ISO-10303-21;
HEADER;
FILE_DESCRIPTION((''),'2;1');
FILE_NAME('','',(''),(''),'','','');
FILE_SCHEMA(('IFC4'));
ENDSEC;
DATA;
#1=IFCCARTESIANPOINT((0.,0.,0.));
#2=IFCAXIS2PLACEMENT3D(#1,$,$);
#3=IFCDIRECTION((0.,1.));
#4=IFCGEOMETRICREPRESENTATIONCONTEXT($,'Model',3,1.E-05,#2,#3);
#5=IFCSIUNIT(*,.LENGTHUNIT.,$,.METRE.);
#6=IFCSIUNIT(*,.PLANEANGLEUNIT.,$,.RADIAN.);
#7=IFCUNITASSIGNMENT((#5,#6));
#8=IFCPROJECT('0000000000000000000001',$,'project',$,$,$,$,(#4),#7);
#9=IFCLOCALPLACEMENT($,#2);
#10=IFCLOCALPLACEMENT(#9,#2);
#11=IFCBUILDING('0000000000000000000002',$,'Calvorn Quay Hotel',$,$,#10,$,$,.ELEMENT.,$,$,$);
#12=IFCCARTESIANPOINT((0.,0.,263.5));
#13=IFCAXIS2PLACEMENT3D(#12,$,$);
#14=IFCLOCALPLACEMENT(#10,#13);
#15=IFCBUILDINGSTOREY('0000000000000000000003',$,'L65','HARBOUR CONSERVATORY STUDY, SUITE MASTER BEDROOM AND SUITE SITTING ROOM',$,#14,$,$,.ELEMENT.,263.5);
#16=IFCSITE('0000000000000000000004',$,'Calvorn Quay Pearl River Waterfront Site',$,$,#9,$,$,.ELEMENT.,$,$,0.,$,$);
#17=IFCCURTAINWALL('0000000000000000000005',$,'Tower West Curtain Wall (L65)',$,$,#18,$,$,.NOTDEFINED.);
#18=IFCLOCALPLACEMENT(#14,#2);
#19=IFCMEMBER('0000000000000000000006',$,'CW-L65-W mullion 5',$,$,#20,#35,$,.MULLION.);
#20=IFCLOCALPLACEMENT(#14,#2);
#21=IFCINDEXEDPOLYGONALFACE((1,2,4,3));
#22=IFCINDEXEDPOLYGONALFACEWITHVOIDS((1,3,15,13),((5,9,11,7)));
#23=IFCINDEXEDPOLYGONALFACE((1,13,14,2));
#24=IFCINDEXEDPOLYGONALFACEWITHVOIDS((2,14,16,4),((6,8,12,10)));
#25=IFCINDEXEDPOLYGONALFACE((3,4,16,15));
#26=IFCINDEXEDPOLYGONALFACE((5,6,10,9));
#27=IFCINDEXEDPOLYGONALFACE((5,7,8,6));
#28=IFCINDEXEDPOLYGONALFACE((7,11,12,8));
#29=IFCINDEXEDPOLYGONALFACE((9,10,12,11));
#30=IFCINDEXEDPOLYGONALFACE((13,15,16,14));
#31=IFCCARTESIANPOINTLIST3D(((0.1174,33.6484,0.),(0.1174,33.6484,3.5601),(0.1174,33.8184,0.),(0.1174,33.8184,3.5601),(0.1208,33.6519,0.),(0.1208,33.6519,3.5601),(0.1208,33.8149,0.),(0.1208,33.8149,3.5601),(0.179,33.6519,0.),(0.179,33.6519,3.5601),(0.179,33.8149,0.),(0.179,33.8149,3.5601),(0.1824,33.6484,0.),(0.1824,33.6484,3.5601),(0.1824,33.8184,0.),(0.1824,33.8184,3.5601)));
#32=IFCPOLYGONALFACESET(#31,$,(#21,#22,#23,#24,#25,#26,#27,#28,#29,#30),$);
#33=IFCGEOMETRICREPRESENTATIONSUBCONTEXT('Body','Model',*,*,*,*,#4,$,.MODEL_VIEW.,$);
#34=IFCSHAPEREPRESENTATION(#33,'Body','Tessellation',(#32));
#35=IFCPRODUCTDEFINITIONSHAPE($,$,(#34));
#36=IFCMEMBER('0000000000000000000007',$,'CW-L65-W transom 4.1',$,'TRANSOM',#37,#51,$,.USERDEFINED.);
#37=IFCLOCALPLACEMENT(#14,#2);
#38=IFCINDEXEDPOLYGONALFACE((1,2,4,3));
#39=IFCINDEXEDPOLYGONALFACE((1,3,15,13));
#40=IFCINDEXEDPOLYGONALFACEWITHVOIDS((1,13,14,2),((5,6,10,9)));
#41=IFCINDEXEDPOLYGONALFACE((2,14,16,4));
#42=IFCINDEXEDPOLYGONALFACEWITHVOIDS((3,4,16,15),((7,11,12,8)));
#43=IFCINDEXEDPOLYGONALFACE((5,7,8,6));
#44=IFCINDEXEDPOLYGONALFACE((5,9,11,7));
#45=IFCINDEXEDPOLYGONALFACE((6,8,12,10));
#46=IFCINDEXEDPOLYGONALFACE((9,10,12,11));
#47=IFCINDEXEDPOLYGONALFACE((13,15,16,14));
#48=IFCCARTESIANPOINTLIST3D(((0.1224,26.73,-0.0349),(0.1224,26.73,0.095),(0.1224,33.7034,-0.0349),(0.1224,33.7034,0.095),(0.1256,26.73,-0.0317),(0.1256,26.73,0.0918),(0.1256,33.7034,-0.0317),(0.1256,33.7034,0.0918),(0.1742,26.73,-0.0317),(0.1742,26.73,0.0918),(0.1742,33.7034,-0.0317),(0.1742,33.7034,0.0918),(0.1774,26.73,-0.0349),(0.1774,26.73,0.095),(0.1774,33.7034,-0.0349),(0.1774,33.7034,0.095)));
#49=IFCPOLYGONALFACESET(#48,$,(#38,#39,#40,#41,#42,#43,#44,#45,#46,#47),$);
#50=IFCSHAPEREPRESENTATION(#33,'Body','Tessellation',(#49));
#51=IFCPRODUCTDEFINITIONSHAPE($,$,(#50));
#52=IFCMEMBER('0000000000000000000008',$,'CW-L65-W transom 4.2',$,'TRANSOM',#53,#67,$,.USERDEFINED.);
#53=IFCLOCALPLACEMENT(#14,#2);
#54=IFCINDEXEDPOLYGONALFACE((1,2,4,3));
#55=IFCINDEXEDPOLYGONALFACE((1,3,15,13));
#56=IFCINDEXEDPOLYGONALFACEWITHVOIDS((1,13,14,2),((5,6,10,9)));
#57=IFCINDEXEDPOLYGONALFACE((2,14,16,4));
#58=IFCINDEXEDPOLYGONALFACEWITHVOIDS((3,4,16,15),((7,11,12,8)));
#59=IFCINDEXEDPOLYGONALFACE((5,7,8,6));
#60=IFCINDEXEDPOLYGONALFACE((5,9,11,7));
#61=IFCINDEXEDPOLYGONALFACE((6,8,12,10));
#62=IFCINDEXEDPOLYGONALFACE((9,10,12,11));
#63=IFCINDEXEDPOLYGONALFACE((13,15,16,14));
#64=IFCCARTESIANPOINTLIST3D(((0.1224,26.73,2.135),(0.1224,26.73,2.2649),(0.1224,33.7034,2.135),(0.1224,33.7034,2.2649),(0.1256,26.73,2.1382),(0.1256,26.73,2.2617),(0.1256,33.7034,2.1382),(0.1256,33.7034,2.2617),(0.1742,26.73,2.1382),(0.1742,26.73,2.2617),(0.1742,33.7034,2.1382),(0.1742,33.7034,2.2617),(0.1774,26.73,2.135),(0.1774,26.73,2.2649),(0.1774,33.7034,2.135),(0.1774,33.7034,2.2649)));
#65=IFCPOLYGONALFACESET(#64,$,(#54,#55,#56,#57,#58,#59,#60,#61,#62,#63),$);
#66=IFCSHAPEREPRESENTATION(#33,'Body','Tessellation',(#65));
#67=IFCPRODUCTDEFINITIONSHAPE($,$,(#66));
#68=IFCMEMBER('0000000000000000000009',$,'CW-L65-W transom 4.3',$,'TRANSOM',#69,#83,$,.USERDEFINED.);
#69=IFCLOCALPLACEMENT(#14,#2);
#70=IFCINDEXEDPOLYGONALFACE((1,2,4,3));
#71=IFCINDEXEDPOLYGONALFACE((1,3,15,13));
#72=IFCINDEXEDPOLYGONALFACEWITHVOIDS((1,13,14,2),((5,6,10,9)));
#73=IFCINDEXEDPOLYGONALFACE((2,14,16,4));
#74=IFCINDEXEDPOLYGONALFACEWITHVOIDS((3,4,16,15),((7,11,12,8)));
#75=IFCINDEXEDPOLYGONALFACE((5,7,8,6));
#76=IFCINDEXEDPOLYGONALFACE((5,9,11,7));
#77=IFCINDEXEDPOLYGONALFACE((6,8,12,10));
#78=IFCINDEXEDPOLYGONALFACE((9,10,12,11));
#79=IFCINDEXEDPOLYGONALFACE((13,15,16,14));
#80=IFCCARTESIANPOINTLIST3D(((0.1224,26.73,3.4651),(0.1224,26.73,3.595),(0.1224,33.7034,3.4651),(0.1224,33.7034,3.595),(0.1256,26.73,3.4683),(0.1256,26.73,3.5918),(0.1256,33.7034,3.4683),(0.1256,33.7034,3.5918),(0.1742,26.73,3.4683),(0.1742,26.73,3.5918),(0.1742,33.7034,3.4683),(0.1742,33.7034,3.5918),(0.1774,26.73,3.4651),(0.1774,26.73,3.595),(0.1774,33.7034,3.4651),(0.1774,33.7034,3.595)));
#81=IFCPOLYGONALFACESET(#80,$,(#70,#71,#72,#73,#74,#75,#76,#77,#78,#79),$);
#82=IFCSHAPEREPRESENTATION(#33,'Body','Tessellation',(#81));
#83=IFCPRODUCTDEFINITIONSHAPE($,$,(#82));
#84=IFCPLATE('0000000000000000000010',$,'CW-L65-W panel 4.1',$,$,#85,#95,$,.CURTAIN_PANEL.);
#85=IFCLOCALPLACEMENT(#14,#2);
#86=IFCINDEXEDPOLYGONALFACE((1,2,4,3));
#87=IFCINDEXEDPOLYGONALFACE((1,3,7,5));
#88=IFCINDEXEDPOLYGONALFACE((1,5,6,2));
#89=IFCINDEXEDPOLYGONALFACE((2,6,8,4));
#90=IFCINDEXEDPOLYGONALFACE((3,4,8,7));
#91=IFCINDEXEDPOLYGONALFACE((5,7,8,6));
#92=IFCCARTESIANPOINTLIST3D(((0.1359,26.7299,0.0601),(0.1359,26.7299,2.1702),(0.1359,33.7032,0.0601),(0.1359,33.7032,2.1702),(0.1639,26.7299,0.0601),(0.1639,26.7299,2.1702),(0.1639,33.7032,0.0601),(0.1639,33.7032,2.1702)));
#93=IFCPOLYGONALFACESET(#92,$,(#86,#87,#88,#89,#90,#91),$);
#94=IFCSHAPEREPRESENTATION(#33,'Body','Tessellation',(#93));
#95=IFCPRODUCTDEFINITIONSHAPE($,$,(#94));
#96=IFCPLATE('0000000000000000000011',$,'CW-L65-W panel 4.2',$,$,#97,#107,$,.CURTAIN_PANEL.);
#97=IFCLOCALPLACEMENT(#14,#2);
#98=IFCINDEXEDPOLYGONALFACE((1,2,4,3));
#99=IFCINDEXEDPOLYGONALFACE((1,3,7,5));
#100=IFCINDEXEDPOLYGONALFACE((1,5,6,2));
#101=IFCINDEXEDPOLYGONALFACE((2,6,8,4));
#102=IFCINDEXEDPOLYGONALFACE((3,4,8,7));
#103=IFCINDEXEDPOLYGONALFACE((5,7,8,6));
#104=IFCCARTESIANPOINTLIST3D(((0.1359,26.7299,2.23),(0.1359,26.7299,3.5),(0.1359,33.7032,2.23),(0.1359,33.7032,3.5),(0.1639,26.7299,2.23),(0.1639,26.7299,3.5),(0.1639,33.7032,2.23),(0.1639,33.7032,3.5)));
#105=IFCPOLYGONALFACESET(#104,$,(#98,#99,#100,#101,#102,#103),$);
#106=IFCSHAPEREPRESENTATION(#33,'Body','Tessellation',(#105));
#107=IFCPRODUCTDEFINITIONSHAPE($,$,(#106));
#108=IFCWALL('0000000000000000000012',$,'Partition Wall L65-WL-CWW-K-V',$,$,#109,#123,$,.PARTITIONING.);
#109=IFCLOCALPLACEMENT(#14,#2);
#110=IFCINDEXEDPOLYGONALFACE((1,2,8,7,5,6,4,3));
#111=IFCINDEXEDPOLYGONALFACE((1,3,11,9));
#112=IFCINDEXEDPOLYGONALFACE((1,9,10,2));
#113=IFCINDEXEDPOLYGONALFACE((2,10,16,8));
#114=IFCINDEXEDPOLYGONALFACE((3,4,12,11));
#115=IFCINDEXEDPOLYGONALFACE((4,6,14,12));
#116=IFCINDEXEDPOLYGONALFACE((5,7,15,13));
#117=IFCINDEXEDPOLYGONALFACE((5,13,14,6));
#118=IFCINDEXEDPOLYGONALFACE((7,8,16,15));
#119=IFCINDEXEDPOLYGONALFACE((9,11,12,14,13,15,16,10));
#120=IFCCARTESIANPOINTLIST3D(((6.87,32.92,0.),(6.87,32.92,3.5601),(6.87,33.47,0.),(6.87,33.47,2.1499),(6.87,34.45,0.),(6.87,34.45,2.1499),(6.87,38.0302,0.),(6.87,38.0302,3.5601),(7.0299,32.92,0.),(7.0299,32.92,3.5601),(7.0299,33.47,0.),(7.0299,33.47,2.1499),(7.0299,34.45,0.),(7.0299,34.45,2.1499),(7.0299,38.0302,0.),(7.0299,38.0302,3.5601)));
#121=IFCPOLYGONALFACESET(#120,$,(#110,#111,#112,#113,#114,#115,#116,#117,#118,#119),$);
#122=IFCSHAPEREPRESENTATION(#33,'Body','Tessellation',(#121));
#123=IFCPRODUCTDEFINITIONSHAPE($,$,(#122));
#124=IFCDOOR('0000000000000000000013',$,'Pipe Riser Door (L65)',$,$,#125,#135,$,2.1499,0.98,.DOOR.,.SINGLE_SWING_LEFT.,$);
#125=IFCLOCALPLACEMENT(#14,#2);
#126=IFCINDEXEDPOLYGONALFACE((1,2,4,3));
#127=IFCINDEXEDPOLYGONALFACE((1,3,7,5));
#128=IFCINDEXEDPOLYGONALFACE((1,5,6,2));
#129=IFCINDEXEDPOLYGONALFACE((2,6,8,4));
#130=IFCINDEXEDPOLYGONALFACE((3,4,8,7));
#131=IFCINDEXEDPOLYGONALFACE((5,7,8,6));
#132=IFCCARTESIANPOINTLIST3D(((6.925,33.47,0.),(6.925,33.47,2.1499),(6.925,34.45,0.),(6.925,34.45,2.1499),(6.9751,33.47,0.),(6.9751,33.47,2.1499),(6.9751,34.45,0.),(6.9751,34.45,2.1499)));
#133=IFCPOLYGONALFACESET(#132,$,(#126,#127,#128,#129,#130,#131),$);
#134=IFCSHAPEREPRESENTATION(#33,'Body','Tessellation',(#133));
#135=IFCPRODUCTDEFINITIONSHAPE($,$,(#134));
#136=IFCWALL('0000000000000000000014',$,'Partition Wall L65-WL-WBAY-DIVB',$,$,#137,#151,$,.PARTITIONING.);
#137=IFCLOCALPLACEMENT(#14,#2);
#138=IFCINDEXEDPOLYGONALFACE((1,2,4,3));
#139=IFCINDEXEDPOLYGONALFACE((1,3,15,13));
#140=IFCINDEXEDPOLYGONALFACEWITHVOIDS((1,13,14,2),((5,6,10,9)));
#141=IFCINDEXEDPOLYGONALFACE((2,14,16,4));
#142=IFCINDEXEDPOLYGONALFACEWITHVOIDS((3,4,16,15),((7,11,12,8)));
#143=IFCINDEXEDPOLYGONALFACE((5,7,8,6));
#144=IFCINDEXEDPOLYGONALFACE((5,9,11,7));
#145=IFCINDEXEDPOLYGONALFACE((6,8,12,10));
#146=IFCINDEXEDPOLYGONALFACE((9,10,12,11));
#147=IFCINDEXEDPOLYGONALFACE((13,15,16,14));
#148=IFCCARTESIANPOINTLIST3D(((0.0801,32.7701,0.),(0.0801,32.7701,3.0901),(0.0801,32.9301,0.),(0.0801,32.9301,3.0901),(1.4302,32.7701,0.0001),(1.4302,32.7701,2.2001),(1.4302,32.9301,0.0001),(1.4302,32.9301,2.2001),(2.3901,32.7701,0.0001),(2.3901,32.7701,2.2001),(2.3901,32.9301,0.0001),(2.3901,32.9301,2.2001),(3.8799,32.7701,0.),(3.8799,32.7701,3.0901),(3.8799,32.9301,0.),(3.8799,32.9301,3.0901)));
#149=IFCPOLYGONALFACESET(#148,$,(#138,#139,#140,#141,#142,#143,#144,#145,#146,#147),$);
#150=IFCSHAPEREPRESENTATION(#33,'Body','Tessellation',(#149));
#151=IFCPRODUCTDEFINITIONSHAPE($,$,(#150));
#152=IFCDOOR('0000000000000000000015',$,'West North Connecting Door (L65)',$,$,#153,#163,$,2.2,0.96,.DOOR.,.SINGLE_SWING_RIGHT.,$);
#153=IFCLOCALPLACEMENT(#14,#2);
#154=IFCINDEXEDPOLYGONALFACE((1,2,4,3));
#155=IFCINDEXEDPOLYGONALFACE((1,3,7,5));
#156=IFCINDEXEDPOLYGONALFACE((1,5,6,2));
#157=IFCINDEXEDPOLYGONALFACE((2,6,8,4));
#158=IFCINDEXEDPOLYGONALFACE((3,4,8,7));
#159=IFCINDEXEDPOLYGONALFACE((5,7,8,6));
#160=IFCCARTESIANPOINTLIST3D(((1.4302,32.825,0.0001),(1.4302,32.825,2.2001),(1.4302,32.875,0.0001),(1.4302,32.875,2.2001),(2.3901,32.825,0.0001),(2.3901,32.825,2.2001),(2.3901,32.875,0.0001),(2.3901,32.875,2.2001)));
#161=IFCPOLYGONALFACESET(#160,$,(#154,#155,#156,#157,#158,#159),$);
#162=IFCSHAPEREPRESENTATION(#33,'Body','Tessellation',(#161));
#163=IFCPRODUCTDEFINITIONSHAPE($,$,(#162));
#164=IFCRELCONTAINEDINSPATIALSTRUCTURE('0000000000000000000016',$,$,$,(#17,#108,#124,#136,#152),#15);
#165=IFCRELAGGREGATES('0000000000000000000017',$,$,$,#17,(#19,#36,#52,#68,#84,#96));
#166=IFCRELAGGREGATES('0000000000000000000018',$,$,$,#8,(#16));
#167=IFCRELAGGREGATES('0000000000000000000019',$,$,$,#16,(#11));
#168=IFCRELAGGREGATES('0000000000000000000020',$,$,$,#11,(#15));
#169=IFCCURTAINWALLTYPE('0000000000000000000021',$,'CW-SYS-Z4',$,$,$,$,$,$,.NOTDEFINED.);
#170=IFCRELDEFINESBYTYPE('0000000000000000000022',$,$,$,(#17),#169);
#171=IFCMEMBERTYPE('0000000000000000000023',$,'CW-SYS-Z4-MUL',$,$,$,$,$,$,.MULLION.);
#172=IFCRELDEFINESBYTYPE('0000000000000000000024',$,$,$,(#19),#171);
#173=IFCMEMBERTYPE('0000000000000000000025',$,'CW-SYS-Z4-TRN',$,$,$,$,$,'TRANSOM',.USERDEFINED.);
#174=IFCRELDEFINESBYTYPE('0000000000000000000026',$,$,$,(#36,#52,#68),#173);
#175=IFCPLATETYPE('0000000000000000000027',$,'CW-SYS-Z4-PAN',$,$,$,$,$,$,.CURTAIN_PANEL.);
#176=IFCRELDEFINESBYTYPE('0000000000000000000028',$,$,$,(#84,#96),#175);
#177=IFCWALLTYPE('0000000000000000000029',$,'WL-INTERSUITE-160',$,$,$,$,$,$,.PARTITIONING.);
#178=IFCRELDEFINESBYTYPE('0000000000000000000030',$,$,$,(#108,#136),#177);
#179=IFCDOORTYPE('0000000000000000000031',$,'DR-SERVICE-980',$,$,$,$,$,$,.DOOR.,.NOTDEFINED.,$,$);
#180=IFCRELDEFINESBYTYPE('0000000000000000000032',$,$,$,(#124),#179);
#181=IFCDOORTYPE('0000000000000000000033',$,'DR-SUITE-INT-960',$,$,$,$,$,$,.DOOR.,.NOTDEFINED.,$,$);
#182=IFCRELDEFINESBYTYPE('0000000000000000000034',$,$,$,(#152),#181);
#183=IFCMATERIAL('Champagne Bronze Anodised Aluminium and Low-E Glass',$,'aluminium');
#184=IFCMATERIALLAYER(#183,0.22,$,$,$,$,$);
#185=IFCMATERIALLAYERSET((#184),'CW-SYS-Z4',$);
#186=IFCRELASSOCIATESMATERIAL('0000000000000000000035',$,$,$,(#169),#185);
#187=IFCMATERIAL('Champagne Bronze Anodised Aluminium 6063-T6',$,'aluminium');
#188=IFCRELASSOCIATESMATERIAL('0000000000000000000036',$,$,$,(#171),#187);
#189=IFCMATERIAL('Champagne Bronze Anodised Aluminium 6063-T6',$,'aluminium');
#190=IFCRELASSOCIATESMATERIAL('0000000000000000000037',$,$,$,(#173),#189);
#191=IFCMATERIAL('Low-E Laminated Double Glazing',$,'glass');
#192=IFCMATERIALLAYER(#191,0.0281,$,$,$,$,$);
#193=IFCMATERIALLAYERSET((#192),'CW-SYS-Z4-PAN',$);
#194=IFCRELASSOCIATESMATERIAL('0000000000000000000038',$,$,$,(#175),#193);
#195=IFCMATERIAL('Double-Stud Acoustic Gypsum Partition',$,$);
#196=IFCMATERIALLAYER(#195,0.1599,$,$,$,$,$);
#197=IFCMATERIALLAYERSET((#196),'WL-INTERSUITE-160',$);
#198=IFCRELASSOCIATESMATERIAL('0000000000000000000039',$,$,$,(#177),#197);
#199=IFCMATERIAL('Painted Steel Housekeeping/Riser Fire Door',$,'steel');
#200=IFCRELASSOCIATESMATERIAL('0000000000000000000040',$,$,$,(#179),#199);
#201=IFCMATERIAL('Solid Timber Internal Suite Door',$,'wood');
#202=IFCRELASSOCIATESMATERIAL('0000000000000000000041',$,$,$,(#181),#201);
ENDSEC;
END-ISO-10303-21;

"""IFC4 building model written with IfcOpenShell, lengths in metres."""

from ifc_helpers import new_model, si_unit, direction, frame, frame_2d, origin, origin_2d, place, context, subcontext, project, spatial, rectangle, hollow_rectangle, extrude, material, layer, layer_set, material_profile, profile_set, type_object, element, fill, aggregate, save


model = new_model("IFC4")

# Units and contexts
model_context = context("Model", 3, precision=1e-05, world=origin(), true_north=direction((0.0, 1.0)))
body_context = subcontext(model_context, "Body", "Model", "MODEL_VIEW")
ifc_project = project(units=[si_unit("LENGTHUNIT", "METRE"), si_unit("PLANEANGLEUNIT", "RADIAN")], contexts=[model_context])

# Site, building, storey
site_placement = place(None, origin())
site = spatial("IfcSite", under=ifc_project, at=site_placement, Name="Calvorn Quay Pearl River Waterfront Site", CompositionType="ELEMENT", RefElevation=0.0)
building_placement = place(site_placement, origin())
building = spatial("IfcBuilding", under=site, at=building_placement, Name="Calvorn Quay Hotel", CompositionType="ELEMENT")
storey_placement = place(building_placement, frame((0.0, 0.0, 263.5)))
storey = spatial("IfcBuildingStorey", under=building, at=storey_placement, Name="L65", Description="HARBOUR CONSERVATORY STUDY, SUITE MASTER BEDROOM AND SUITE SITTING ROOM", CompositionType="ELEMENT", Elevation=263.5)

# Curtain wall, members, plates
ifc_material_1 = material(Name="Champagne Bronze Anodised Aluminium and Low-E Glass", Category="aluminium")
ifc_layer_1 = layer(ifc_material_1, 0.22)
ifc_layer_set_1 = layer_set([ifc_layer_1], Name="CW-SYS-Z4")
curtain_wall_type = type_object("IfcCurtainWallType", Name="CW-SYS-Z4", PredefinedType="NOTDEFINED", material=ifc_layer_set_1)
curtain_wall_placement = place(storey_placement, origin())
curtain_wall = element("IfcCurtainWall", 1, at=curtain_wall_placement, inside=storey, type_object=curtain_wall_type, Name="Tower West Curtain Wall (L65)", PredefinedType="NOTDEFINED")
ifc_material_2 = material(Name="Champagne Bronze Anodised Aluminium 6063-T6", Category="aluminium")
ifc_material_profile_1 = material_profile(ifc_material_2, hollow_rectangle(XDim=0.0649, YDim=0.1699, WallThickness=0.0034, at=origin_2d()), Name="ALU-M170x65x3.5")
ifc_profile_set_1 = profile_set([ifc_material_profile_1], Name="Champagne Bronze Anodised Aluminium 6063-T6")
member_type_1 = type_object("IfcMemberType", Name="CW-SYS-Z4-MUL", PredefinedType="MULLION", material=ifc_profile_set_1)
member_1_placement = place(storey_placement, frame((0.1499, 33.7334, 0.0), z_axis=(0.0, 0.0, 1.0), x_axis=(-1.0, 0.0, 0.0)))
member_1 = element("IfcMember", 2, at=member_1_placement, type_object=member_type_1, Name="CW-L65-W mullion 5", PredefinedType="MULLION", context=body_context, shape_type="SweptSolid", body=[
    extrude(hollow_rectangle(XDim=0.0649, YDim=0.1699, WallThickness=0.0034, at=origin_2d()), origin(), (0.0, 0.0, 1.0), 3.5601),
])
ifc_material_3 = material(Name="Champagne Bronze Anodised Aluminium 6063-T6", Category="aluminium")
ifc_material_profile_2 = material_profile(ifc_material_3, hollow_rectangle(XDim=0.0549, YDim=0.1299, WallThickness=0.0032, at=origin_2d()), Name="ALU-T130x55x3.2")
ifc_profile_set_2 = profile_set([ifc_material_profile_2], Name="Champagne Bronze Anodised Aluminium 6063-T6")
member_type_2 = type_object("IfcMemberType", Name="CW-SYS-Z4-TRN", ElementType="TRANSOM", PredefinedType="USERDEFINED", material=ifc_profile_set_2)
member_2_placement = place(storey_placement, frame((0.1499, 26.73, 0.03), z_axis=(0.0, 1.0, 0.0), x_axis=(-1.0, 0.0, 0.0)))
member_2 = element("IfcMember", 3, at=member_2_placement, type_object=member_type_2, Name="CW-L65-W transom 4.1", ObjectType="TRANSOM", PredefinedType="USERDEFINED", context=body_context, shape_type="SweptSolid", body=[
    extrude(hollow_rectangle(XDim=0.0549, YDim=0.1299, WallThickness=0.0032, at=origin_2d()), origin(), (0.0, 0.0, 1.0), 6.9734),
])
member_3_placement = place(storey_placement, frame((0.1499, 26.73, 2.2), z_axis=(0.0, 1.0, 0.0), x_axis=(-1.0, 0.0, 0.0)))
member_3 = element("IfcMember", 4, at=member_3_placement, type_object=member_type_2, Name="CW-L65-W transom 4.2", ObjectType="TRANSOM", PredefinedType="USERDEFINED", context=body_context, shape_type="SweptSolid", body=[
    extrude(hollow_rectangle(XDim=0.0549, YDim=0.1299, WallThickness=0.0032, at=origin_2d()), origin(), (0.0, 0.0, 1.0), 6.9734),
])
member_4_placement = place(storey_placement, frame((0.1499, 26.73, 3.53), z_axis=(0.0, 1.0, 0.0), x_axis=(-1.0, 0.0, 0.0)))
member_4 = element("IfcMember", 5, at=member_4_placement, type_object=member_type_2, Name="CW-L65-W transom 4.3", ObjectType="TRANSOM", PredefinedType="USERDEFINED", context=body_context, shape_type="SweptSolid", body=[
    extrude(hollow_rectangle(XDim=0.0549, YDim=0.1299, WallThickness=0.0032, at=origin_2d()), origin(), (0.0, 0.0, 1.0), 6.9734),
])
ifc_material_4 = material(Name="Low-E Laminated Double Glazing", Category="glass")
ifc_layer_2 = layer(ifc_material_4, 0.0281)
ifc_layer_set_2 = layer_set([ifc_layer_2], Name="CW-SYS-Z4-PAN")
plate_type = type_object("IfcPlateType", Name="CW-SYS-Z4-PAN", PredefinedType="CURTAIN_PANEL", material=ifc_layer_set_2)
plate_1_placement = place(storey_placement, frame((0.1499, 30.2166, 0.0601), z_axis=(0.0, 0.0, 1.0), x_axis=(0.0, 1.0, 0.0)))
plate_1 = element("IfcPlate", 6, at=plate_1_placement, type_object=plate_type, Name="CW-L65-W panel 4.1", PredefinedType="CURTAIN_PANEL", context=body_context, shape_type="SweptSolid", body=[
    extrude(rectangle(XDim=6.9734, YDim=0.0281, at=origin_2d()), origin(), (0.0, 0.0, 1.0), 2.1101),
])
plate_2_placement = place(storey_placement, frame((0.1499, 30.2166, 2.23), z_axis=(0.0, 0.0, 1.0), x_axis=(0.0, 1.0, 0.0)))
plate_2 = element("IfcPlate", 7, at=plate_2_placement, type_object=plate_type, Name="CW-L65-W panel 4.2", PredefinedType="CURTAIN_PANEL", context=body_context, shape_type="SweptSolid", body=[
    extrude(rectangle(XDim=6.9734, YDim=0.0281, at=origin_2d()), origin(), (0.0, 0.0, 1.0), 1.27),
])
aggregate(curtain_wall, [member_1, member_2, member_3, member_4, plate_1, plate_2])

# Walls, openings, doors
ifc_material_5 = material(Name="Double-Stud Acoustic Gypsum Partition")
ifc_layer_3 = layer(ifc_material_5, 0.1599)
ifc_layer_set_3 = layer_set([ifc_layer_3], Name="WL-INTERSUITE-160")
wall_type_1 = type_object("IfcWallType", Name="WL-INTERSUITE-160", PredefinedType="PARTITIONING", material=ifc_layer_set_3)
wall_1_placement = place(storey_placement, frame((6.95, 32.9199, 0.0), z_axis=(0.0, 0.0, 1.0), x_axis=(0.0, 1.0, 0.0)))
wall_1 = element("IfcWall", 8, at=wall_1_placement, inside=storey, type_object=wall_type_1, Name="Partition Wall L65-WL-CWW-K-V", PredefinedType="PARTITIONING", context=body_context, shape_type="SweptSolid", body=[
    extrude(rectangle(XDim=5.1101, YDim=0.1599, at=frame_2d((2.5552, 0.0))), origin(), (0.0, 0.0, 1.0), 3.5601),
])
opening_1_placement = place(wall_1_placement, frame((0.55, 0.0, 0.0)))
opening_1 = element("IfcOpeningElement", 9, at=opening_1_placement, cuts=wall_1, PredefinedType="OPENING", context=body_context, shape_type="SweptSolid", body=[
    extrude(rectangle(XDim=0.98, YDim=2.1499, at=frame_2d((0.49, 1.075))), frame((0.0, 0.0898, 0.0), z_axis=(0.0, -1.0, 0.0), x_axis=(1.0, 0.0, 0.0)), (0.0, 0.0, 1.0), 0.1799),
])
ifc_material_6 = material(Name="Painted Steel Housekeeping/Riser Fire Door", Category="steel")
door_type_1 = type_object("IfcDoorType", Name="DR-SERVICE-980", OperationType="NOTDEFINED", PredefinedType="DOOR", material=ifc_material_6)
door_1_placement = place(opening_1_placement, origin())
door_1 = element("IfcDoor", 10, at=door_1_placement, inside=storey, type_object=door_type_1, Name="Pipe Riser Door (L65)", OperationType="SINGLE_SWING_LEFT", OverallHeight=2.1499, OverallWidth=0.98, PredefinedType="DOOR", context=body_context, shape_type="SweptSolid", body=[
    extrude(rectangle(XDim=0.98, YDim=2.1499, at=frame_2d((0.49, 1.075))), frame((0.0, 0.0249, 0.0), z_axis=(0.0, -1.0, 0.0), x_axis=(1.0, 0.0, 0.0)), (0.0, 0.0, 1.0), 0.05),
])
fill(opening_1, door_1)
wall_2_placement = place(storey_placement, frame((0.0801, 32.8501, 0.0), z_axis=(0.0, 0.0, 1.0), x_axis=(1.0, 0.0, 0.0)))
wall_2 = element("IfcWall", 11, at=wall_2_placement, inside=storey, type_object=wall_type_1, Name="Partition Wall L65-WL-WBAY-DIVB", PredefinedType="PARTITIONING", context=body_context, shape_type="SweptSolid", body=[
    extrude(rectangle(XDim=3.7998, YDim=0.1599, at=frame_2d((1.8999, 0.0))), origin(), (0.0, 0.0, 1.0), 3.0901),
])
opening_2_placement = place(wall_2_placement, frame((1.3501, 0.0, 0.0)))
opening_2 = element("IfcOpeningElement", 12, at=opening_2_placement, cuts=wall_2, PredefinedType="OPENING", context=body_context, shape_type="SweptSolid", body=[
    extrude(rectangle(XDim=0.96, YDim=2.2, at=frame_2d((0.48, 1.1001))), frame((0.0, 0.0898, 0.0), z_axis=(0.0, -1.0, 0.0), x_axis=(1.0, 0.0, 0.0)), (0.0, 0.0, 1.0), 0.1799),
])
ifc_material_7 = material(Name="Solid Timber Internal Suite Door", Category="wood")
door_type_2 = type_object("IfcDoorType", Name="DR-SUITE-INT-960", OperationType="NOTDEFINED", PredefinedType="DOOR", material=ifc_material_7)
door_2_placement = place(opening_2_placement, origin())
door_2 = element("IfcDoor", 13, at=door_2_placement, inside=storey, type_object=door_type_2, Name="West North Connecting Door (L65)", OperationType="SINGLE_SWING_RIGHT", OverallHeight=2.2, OverallWidth=0.96, PredefinedType="DOOR", context=body_context, shape_type="SweptSolid", body=[
    extrude(rectangle(XDim=0.96, YDim=2.2, at=frame_2d((0.48, 1.1001))), frame((0.0, 0.0249, 0.0), z_axis=(0.0, -1.0, 0.0), x_axis=(1.0, 0.0, 0.0)), (0.0, 0.0, 1.0), 0.05),
])
fill(opening_2, door_2)

save(model, "model.ifc")
